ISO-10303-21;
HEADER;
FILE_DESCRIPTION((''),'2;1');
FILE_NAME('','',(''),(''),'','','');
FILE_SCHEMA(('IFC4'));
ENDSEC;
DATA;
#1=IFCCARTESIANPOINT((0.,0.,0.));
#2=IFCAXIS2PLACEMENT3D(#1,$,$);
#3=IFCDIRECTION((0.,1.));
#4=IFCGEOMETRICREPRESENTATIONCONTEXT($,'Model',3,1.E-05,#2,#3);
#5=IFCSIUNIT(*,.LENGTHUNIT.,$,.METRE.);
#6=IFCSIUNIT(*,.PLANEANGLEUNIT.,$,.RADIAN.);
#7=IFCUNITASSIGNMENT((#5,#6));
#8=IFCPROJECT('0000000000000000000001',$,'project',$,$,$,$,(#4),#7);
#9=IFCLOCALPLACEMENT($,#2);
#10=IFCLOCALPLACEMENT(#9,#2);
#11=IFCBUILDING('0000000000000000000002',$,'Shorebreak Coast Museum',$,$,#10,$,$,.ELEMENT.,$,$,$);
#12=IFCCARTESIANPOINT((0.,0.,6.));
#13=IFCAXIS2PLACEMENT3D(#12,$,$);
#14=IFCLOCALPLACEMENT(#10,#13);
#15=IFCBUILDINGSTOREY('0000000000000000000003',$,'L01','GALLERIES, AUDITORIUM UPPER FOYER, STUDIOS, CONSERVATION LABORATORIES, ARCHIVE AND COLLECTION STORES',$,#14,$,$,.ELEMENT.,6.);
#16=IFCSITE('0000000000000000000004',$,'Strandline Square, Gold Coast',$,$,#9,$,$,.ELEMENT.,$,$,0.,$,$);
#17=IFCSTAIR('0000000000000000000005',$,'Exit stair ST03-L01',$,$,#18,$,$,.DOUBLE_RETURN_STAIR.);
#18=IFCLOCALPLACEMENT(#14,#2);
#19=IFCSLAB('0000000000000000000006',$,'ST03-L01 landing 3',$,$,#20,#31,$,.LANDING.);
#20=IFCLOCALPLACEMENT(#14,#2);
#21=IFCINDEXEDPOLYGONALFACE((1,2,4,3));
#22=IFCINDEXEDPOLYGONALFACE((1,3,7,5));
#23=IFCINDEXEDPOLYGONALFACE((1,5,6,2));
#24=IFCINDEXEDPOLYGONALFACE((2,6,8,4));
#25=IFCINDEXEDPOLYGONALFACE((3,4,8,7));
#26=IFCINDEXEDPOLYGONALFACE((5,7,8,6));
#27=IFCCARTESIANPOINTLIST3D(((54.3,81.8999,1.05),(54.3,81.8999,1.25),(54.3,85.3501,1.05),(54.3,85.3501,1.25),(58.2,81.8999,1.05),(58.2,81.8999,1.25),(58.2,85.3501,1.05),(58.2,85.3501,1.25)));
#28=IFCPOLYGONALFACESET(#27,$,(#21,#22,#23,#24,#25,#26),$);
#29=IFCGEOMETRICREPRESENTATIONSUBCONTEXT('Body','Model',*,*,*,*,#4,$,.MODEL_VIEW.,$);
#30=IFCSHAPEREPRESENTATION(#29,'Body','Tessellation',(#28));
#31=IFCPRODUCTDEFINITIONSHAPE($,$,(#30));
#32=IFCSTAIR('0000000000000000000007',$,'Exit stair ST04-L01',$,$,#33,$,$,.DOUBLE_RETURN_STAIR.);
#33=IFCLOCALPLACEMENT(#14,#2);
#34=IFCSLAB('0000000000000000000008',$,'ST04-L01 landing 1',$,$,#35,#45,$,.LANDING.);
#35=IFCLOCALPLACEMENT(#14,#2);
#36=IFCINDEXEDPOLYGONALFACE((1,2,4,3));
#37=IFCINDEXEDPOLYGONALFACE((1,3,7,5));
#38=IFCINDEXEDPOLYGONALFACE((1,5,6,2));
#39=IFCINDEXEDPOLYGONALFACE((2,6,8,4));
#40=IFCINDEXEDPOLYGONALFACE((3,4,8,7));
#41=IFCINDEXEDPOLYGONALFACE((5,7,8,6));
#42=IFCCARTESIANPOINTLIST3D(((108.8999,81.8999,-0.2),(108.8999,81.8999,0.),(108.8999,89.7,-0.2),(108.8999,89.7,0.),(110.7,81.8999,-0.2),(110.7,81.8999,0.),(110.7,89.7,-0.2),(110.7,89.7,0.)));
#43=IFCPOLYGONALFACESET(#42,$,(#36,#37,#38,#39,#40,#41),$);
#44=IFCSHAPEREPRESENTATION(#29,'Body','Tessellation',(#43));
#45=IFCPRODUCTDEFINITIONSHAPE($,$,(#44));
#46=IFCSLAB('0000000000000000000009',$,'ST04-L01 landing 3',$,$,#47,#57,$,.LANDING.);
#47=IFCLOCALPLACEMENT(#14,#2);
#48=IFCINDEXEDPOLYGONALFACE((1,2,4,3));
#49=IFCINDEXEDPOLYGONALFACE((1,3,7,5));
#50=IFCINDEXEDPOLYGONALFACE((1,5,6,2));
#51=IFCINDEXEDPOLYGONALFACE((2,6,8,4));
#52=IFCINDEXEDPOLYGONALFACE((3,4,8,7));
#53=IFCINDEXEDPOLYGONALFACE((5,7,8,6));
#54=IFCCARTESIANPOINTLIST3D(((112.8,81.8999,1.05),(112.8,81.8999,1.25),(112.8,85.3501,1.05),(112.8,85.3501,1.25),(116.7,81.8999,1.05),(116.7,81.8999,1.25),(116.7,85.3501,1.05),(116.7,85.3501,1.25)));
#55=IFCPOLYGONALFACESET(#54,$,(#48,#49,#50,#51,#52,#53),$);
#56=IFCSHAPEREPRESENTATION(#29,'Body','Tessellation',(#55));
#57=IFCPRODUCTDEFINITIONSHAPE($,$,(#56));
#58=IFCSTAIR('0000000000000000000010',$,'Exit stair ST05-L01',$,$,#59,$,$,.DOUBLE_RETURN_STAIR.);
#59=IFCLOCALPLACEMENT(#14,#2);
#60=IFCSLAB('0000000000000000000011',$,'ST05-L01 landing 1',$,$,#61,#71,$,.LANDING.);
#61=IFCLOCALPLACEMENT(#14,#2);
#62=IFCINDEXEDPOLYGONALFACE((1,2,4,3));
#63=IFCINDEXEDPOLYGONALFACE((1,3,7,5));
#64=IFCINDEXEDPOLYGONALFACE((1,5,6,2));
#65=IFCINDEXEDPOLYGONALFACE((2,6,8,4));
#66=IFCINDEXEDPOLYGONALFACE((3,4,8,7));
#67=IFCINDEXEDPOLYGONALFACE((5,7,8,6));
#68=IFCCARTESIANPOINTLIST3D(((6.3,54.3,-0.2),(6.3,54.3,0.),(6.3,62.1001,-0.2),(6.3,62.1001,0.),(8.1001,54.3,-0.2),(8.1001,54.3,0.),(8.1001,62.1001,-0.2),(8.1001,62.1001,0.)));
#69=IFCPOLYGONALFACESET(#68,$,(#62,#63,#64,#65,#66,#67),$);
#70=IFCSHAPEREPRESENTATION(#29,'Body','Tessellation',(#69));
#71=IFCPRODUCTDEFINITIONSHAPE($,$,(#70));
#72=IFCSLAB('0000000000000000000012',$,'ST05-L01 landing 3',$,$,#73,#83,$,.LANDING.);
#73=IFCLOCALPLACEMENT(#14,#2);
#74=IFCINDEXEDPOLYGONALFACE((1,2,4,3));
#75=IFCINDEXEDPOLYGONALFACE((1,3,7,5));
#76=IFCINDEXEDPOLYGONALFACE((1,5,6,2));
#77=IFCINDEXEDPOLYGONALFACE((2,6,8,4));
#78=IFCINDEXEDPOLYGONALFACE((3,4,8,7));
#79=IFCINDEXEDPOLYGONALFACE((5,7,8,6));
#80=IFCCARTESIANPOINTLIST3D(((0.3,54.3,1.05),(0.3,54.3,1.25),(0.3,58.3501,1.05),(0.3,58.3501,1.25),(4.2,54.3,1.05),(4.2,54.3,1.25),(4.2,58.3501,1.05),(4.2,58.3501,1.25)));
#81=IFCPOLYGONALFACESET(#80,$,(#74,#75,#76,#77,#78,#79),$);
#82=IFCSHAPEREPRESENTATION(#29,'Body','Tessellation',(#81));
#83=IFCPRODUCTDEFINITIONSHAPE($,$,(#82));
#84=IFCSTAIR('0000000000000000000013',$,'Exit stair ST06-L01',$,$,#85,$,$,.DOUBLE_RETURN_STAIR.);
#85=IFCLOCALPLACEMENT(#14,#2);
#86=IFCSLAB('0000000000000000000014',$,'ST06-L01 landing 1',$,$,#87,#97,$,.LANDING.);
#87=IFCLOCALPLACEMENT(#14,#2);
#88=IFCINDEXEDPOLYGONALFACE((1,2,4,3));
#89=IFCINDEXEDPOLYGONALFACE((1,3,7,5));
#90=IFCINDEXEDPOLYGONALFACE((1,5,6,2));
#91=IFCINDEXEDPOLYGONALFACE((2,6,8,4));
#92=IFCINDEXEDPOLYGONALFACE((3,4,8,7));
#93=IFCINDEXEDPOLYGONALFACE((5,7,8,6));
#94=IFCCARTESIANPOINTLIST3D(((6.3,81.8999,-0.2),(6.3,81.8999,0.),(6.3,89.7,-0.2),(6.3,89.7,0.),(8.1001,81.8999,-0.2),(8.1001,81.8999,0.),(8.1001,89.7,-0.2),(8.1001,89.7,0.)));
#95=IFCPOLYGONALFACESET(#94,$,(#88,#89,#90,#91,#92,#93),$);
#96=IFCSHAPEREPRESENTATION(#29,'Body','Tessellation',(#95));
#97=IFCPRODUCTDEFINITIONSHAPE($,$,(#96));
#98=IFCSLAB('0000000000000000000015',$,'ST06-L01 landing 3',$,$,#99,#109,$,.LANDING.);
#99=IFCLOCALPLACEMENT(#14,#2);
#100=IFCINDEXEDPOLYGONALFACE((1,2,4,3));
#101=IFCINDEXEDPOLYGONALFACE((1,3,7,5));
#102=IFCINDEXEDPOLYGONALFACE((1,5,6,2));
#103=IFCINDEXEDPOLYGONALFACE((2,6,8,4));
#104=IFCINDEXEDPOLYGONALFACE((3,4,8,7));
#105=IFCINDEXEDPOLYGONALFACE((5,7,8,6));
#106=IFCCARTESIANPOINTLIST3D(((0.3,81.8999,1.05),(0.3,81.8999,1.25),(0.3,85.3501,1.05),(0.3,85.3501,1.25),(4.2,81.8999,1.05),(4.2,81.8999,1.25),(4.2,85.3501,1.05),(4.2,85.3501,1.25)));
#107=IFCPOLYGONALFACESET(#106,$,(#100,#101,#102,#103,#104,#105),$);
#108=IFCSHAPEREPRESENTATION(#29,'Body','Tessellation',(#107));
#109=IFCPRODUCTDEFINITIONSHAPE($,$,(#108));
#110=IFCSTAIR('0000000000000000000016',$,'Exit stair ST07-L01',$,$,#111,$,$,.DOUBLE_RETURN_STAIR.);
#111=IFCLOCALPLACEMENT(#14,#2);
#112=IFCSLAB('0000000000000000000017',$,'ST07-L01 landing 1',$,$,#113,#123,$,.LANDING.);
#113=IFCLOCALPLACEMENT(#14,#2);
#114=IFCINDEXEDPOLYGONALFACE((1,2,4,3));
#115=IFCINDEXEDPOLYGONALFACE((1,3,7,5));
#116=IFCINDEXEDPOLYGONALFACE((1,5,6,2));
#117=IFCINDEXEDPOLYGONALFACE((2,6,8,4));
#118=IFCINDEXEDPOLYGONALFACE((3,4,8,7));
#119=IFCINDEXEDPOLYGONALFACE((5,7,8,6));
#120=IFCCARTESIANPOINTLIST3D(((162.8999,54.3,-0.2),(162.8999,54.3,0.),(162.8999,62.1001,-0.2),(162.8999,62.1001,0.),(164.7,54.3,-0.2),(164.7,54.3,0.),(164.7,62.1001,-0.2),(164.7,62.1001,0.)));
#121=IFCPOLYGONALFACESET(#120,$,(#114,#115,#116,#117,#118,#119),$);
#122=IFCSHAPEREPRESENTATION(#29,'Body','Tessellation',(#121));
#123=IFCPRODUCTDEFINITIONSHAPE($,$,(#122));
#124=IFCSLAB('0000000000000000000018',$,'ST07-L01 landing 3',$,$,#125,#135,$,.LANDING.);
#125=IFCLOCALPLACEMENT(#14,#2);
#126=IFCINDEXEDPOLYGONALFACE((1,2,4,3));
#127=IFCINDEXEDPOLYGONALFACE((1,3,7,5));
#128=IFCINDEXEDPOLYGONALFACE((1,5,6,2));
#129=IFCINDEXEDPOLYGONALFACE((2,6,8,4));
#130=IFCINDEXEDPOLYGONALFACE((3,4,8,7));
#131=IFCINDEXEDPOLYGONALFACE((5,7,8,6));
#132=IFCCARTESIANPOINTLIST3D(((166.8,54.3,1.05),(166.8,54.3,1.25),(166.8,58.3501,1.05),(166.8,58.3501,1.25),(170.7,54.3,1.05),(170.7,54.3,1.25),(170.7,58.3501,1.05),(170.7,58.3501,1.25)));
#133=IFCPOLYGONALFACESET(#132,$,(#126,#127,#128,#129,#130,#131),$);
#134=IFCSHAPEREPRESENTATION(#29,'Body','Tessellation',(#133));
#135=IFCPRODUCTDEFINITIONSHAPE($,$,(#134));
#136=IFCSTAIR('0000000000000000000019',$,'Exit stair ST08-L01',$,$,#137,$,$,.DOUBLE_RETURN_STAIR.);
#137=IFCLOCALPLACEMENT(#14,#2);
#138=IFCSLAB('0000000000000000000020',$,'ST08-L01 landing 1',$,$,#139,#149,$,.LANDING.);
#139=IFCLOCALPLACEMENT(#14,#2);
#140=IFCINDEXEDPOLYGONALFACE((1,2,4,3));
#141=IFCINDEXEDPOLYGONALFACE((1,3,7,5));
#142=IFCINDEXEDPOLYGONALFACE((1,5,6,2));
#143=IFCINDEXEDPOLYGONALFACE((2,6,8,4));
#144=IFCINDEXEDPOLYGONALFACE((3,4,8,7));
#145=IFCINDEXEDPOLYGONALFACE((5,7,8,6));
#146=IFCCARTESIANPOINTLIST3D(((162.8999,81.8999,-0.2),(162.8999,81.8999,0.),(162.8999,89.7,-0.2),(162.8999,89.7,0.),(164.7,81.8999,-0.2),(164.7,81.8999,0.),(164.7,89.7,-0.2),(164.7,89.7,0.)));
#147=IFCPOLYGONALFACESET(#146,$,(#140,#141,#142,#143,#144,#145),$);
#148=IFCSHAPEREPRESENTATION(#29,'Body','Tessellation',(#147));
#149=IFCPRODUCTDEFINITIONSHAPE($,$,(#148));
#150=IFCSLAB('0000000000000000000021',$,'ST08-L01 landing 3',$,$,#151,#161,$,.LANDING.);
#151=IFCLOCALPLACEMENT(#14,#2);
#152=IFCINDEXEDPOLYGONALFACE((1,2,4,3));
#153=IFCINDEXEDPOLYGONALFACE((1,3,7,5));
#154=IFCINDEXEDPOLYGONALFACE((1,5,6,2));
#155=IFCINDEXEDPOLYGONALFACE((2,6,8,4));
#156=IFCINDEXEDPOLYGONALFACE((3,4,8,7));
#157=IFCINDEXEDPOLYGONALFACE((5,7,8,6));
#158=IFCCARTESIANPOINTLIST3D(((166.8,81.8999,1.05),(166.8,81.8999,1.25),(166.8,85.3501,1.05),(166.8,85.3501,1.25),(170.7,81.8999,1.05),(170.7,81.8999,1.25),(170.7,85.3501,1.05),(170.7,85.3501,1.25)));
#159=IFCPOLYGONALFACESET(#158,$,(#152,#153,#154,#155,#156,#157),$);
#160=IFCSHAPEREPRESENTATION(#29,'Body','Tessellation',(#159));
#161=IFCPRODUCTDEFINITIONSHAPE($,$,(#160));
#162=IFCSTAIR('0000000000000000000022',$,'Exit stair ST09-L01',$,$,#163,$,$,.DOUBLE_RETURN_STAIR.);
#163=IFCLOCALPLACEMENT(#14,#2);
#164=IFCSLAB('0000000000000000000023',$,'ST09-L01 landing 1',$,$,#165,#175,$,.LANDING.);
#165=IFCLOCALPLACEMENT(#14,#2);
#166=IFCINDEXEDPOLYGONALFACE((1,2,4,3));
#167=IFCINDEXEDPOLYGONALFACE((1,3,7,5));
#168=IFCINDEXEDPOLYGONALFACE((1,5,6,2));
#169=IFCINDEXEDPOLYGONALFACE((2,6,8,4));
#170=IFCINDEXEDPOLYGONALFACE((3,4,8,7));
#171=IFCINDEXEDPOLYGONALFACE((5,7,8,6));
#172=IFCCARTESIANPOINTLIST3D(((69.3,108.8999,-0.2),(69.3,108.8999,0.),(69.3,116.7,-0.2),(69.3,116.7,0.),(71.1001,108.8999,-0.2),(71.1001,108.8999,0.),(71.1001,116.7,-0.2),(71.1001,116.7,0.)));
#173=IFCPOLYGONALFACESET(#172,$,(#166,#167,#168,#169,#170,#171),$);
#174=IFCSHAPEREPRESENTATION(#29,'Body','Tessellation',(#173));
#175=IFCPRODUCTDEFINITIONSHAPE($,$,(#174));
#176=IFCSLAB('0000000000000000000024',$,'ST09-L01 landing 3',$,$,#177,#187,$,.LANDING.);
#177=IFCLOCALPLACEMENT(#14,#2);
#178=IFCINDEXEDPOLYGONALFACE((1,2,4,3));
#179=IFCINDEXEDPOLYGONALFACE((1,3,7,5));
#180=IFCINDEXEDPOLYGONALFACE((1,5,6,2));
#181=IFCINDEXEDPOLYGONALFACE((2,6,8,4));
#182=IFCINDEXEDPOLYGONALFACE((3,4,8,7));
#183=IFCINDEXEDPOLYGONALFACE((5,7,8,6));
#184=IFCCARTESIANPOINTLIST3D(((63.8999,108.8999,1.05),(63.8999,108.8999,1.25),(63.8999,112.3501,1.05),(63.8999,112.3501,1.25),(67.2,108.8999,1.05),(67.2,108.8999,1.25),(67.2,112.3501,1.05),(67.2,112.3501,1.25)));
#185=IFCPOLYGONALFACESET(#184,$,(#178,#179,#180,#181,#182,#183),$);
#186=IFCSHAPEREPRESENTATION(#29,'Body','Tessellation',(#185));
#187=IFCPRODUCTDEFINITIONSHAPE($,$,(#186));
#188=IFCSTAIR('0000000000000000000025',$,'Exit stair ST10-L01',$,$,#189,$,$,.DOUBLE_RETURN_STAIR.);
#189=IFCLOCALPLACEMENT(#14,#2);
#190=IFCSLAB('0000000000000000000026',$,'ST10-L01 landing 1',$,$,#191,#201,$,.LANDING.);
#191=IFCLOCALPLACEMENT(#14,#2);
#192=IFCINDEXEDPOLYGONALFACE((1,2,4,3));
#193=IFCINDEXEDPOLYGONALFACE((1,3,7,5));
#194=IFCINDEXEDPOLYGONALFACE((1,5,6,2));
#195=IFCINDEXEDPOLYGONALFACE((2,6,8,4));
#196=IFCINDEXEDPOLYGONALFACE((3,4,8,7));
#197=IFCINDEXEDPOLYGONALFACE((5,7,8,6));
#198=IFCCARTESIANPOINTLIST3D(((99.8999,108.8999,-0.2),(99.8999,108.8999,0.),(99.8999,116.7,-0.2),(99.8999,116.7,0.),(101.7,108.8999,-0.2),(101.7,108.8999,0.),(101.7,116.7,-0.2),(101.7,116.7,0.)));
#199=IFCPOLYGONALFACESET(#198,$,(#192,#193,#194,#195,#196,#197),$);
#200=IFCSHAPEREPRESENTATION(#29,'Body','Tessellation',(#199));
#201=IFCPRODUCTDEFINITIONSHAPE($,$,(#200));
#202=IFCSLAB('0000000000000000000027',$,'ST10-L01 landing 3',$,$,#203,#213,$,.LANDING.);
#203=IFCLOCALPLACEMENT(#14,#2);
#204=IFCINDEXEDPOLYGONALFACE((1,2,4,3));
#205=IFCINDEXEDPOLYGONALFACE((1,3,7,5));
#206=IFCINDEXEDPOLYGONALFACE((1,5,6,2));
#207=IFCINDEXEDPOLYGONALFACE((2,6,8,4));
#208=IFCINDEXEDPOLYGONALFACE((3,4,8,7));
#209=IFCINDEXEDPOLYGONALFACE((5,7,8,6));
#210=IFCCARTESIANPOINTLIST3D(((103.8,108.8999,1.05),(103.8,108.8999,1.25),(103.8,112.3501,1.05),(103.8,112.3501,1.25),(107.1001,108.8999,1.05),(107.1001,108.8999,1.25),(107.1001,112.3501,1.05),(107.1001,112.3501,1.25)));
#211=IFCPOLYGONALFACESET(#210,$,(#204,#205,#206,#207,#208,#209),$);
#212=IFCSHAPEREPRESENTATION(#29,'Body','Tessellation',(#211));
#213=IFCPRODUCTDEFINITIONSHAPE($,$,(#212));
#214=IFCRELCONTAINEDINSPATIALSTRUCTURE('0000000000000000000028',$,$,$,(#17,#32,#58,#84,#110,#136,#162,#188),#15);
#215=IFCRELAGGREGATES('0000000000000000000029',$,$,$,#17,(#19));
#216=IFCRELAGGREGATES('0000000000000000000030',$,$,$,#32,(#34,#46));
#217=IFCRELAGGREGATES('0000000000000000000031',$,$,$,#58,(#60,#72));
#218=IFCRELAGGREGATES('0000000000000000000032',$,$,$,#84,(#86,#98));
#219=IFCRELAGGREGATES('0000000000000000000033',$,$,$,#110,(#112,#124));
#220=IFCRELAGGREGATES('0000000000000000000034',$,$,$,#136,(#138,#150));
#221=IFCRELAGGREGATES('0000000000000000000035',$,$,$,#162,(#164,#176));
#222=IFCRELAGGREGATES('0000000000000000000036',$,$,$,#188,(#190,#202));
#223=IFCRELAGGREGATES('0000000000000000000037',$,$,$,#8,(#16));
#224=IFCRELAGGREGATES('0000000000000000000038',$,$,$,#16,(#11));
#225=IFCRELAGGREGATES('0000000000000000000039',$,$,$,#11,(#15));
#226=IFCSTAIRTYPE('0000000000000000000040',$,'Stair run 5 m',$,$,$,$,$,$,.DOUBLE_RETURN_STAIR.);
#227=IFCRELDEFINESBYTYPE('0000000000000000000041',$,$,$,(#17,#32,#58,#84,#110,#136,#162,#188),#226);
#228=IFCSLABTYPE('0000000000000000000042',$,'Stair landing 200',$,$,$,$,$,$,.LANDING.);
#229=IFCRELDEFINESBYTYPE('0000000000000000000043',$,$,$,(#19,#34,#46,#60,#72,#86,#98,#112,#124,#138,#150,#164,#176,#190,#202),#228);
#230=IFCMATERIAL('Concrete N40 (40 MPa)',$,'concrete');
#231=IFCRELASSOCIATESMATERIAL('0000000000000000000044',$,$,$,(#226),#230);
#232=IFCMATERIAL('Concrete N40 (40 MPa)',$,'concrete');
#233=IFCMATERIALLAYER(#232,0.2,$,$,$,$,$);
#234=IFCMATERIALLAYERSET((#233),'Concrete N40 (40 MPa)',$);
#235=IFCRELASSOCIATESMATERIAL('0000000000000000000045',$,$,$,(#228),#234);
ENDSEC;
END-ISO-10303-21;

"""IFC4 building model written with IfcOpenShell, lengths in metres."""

from ifc_helpers import new_model, si_unit, direction, frame, origin, place, context, subcontext, project, spatial, polyline, outline, extrude, material, layer, layer_set, type_object, element, aggregate, save


model = new_model("IFC4")

# Units and contexts
model_context = context("Model", 3, precision=1e-05, world=origin(), true_north=direction((0.0, 1.0)))
body_context = subcontext(model_context, "Body", "Model", "MODEL_VIEW")
ifc_project = project(units=[si_unit("LENGTHUNIT", "METRE"), si_unit("PLANEANGLEUNIT", "RADIAN")], contexts=[model_context])

# Site, building, storey
site_placement = place(None, origin())
site = spatial("IfcSite", under=ifc_project, at=site_placement, Name="Strandline Square, Gold Coast", CompositionType="ELEMENT", RefElevation=0.0)
building_placement = place(site_placement, origin())
building = spatial("IfcBuilding", under=site, at=building_placement, Name="Shorebreak Coast Museum", CompositionType="ELEMENT")
storey_placement = place(building_placement, frame((0.0, 0.0, 6.0)))
storey = spatial("IfcBuildingStorey", under=building, at=storey_placement, Name="L01", Description="GALLERIES, AUDITORIUM UPPER FOYER, STUDIOS, CONSERVATION LABORATORIES, ARCHIVE AND COLLECTION STORES", CompositionType="ELEMENT", Elevation=6.0)

# Stairs, slabs
ifc_material_1 = material(Name="Concrete N40 (40 MPa)", Category="concrete")
stair_type = type_object("IfcStairType", Name="Stair run 5 m", PredefinedType="DOUBLE_RETURN_STAIR", material=ifc_material_1)
ifc_material_2 = material(Name="Concrete N40 (40 MPa)", Category="concrete")
ifc_layer_1 = layer(ifc_material_2, 0.2)
ifc_layer_set_1 = layer_set([ifc_layer_1], Name="Concrete N40 (40 MPa)")
slab_type_1 = type_object("IfcSlabType", Name="Stair landing 200", PredefinedType="LANDING", material=ifc_layer_set_1)
stair_1_placement = place(storey_placement, origin())
stair_1 = element("IfcStair", 1, at=stair_1_placement, inside=storey, type_object=stair_type, Name="Exit stair ST03-L01", PredefinedType="DOUBLE_RETURN_STAIR")
slab_1_placement = place(storey_placement, frame((0.0, 0.0, 1.05)))
slab_1 = element("IfcSlab", 2, at=slab_1_placement, type_object=slab_type_1, Name="ST03-L01 landing 3", PredefinedType="LANDING", context=body_context, shape_type="SweptSolid", body=[
    extrude(outline(polyline([(54.3, 81.8999), (58.2, 81.8999), (58.2, 85.3501), (54.3, 85.3501), (54.3, 81.8999)])), origin(), (0.0, 0.0, 1.0), 0.2),
])
aggregate(stair_1, [slab_1])
stair_2_placement = place(storey_placement, origin())
stair_2 = element("IfcStair", 3, at=stair_2_placement, inside=storey, type_object=stair_type, Name="Exit stair ST04-L01", PredefinedType="DOUBLE_RETURN_STAIR")
slab_2_placement = place(storey_placement, frame((0.0, 0.0, -0.2)))
slab_2 = element("IfcSlab", 4, at=slab_2_placement, type_object=slab_type_1, Name="ST04-L01 landing 1", PredefinedType="LANDING", context=body_context, shape_type="SweptSolid", body=[
    extrude(outline(polyline([(108.8999, 81.8999), (110.7, 81.8999), (110.7, 89.7), (108.8999, 89.7), (108.8999, 81.8999)])), origin(), (0.0, 0.0, 1.0), 0.2),
])
slab_3_placement = place(storey_placement, frame((0.0, 0.0, 1.05)))
slab_3 = element("IfcSlab", 5, at=slab_3_placement, type_object=slab_type_1, Name="ST04-L01 landing 3", PredefinedType="LANDING", context=body_context, shape_type="SweptSolid", body=[
    extrude(outline(polyline([(112.8, 81.8999), (116.7, 81.8999), (116.7, 85.3501), (112.8, 85.3501), (112.8, 81.8999)])), origin(), (0.0, 0.0, 1.0), 0.2),
])
aggregate(stair_2, [slab_2, slab_3])
stair_3_placement = place(storey_placement, origin())
stair_3 = element("IfcStair", 6, at=stair_3_placement, inside=storey, type_object=stair_type, Name="Exit stair ST05-L01", PredefinedType="DOUBLE_RETURN_STAIR")
slab_4_placement = place(storey_placement, frame((0.0, 0.0, -0.2)))
slab_4 = element("IfcSlab", 7, at=slab_4_placement, type_object=slab_type_1, Name="ST05-L01 landing 1", PredefinedType="LANDING", context=body_context, shape_type="SweptSolid", body=[
    extrude(outline(polyline([(6.3, 54.3), (8.1001, 54.3), (8.1001, 62.1001), (6.3, 62.1001), (6.3, 54.3)])), origin(), (0.0, 0.0, 1.0), 0.2),
])
slab_5_placement = place(storey_placement, frame((0.0, 0.0, 1.05)))
slab_5 = element("IfcSlab", 8, at=slab_5_placement, type_object=slab_type_1, Name="ST05-L01 landing 3", PredefinedType="LANDING", context=body_context, shape_type="SweptSolid", body=[
    extrude(outline(polyline([(0.3, 54.3), (4.2, 54.3), (4.2, 58.3501), (0.3, 58.3501), (0.3, 54.3)])), origin(), (0.0, 0.0, 1.0), 0.2),
])
aggregate(stair_3, [slab_4, slab_5])
stair_4_placement = place(storey_placement, origin())
stair_4 = element("IfcStair", 9, at=stair_4_placement, inside=storey, type_object=stair_type, Name="Exit stair ST06-L01", PredefinedType="DOUBLE_RETURN_STAIR")
slab_6_placement = place(storey_placement, frame((0.0, 0.0, -0.2)))
slab_6 = element("IfcSlab", 10, at=slab_6_placement, type_object=slab_type_1, Name="ST06-L01 landing 1", PredefinedType="LANDING", context=body_context, shape_type="SweptSolid", body=[
    extrude(outline(polyline([(6.3, 81.8999), (8.1001, 81.8999), (8.1001, 89.7), (6.3, 89.7), (6.3, 81.8999)])), origin(), (0.0, 0.0, 1.0), 0.2),
])
slab_7_placement = place(storey_placement, frame((0.0, 0.0, 1.05)))
slab_7 = element("IfcSlab", 11, at=slab_7_placement, type_object=slab_type_1, Name="ST06-L01 landing 3", PredefinedType="LANDING", context=body_context, shape_type="SweptSolid", body=[
    extrude(outline(polyline([(0.3, 81.8999), (4.2, 81.8999), (4.2, 85.3501), (0.3, 85.3501), (0.3, 81.8999)])), origin(), (0.0, 0.0, 1.0), 0.2),
])
aggregate(stair_4, [slab_6, slab_7])
stair_5_placement = place(storey_placement, origin())
stair_5 = element("IfcStair", 12, at=stair_5_placement, inside=storey, type_object=stair_type, Name="Exit stair ST07-L01", PredefinedType="DOUBLE_RETURN_STAIR")
slab_8_placement = place(storey_placement, frame((0.0, 0.0, -0.2)))
slab_8 = element("IfcSlab", 13, at=slab_8_placement, type_object=slab_type_1, Name="ST07-L01 landing 1", PredefinedType="LANDING", context=body_context, shape_type="SweptSolid", body=[
    extrude(outline(polyline([(162.8999, 54.3), (164.7, 54.3), (164.7, 62.1001), (162.8999, 62.1001), (162.8999, 54.3)])), origin(), (0.0, 0.0, 1.0), 0.2),
])
slab_9_placement = place(storey_placement, frame((0.0, 0.0, 1.05)))
slab_9 = element("IfcSlab", 14, at=slab_9_placement, type_object=slab_type_1, Name="ST07-L01 landing 3", PredefinedType="LANDING", context=body_context, shape_type="SweptSolid", body=[
    extrude(outline(polyline([(166.8, 54.3), (170.7, 54.3), (170.7, 58.3501), (166.8, 58.3501), (166.8, 54.3)])), origin(), (0.0, 0.0, 1.0), 0.2),
])
aggregate(stair_5, [slab_8, slab_9])
stair_6_placement = place(storey_placement, origin())
stair_6 = element("IfcStair", 15, at=stair_6_placement, inside=storey, type_object=stair_type, Name="Exit stair ST08-L01", PredefinedType="DOUBLE_RETURN_STAIR")
slab_10_placement = place(storey_placement, frame((0.0, 0.0, -0.2)))
slab_10 = element("IfcSlab", 16, at=slab_10_placement, type_object=slab_type_1, Name="ST08-L01 landing 1", PredefinedType="LANDING", context=body_context, shape_type="SweptSolid", body=[
    extrude(outline(polyline([(162.8999, 81.8999), (164.7, 81.8999), (164.7, 89.7), (162.8999, 89.7), (162.8999, 81.8999)])), origin(), (0.0, 0.0, 1.0), 0.2),
])
slab_11_placement = place(storey_placement, frame((0.0, 0.0, 1.05)))
slab_11 = element("IfcSlab", 17, at=slab_11_placement, type_object=slab_type_1, Name="ST08-L01 landing 3", PredefinedType="LANDING", context=body_context, shape_type="SweptSolid", body=[
    extrude(outline(polyline([(166.8, 81.8999), (170.7, 81.8999), (170.7, 85.3501), (166.8, 85.3501), (166.8, 81.8999)])), origin(), (0.0, 0.0, 1.0), 0.2),
])
aggregate(stair_6, [slab_10, slab_11])
stair_7_placement = place(storey_placement, origin())
stair_7 = element("IfcStair", 18, at=stair_7_placement, inside=storey, type_object=stair_type, Name="Exit stair ST09-L01", PredefinedType="DOUBLE_RETURN_STAIR")
slab_12_placement = place(storey_placement, frame((0.0, 0.0, -0.2)))
slab_12 = element("IfcSlab", 19, at=slab_12_placement, type_object=slab_type_1, Name="ST09-L01 landing 1", PredefinedType="LANDING", context=body_context, shape_type="SweptSolid", body=[
    extrude(outline(polyline([(69.3, 108.8999), (71.1001, 108.8999), (71.1001, 116.7), (69.3, 116.7), (69.3, 108.8999)])), origin(), (0.0, 0.0, 1.0), 0.2),
])
slab_13_placement = place(storey_placement, frame((0.0, 0.0, 1.05)))
slab_13 = element("IfcSlab", 20, at=slab_13_placement, type_object=slab_type_1, Name="ST09-L01 landing 3", PredefinedType="LANDING", context=body_context, shape_type="SweptSolid", body=[
    extrude(outline(polyline([(63.8999, 108.8999), (67.2, 108.8999), (67.2, 112.3501), (63.8999, 112.3501), (63.8999, 108.8999)])), origin(), (0.0, 0.0, 1.0), 0.2),
])
aggregate(stair_7, [slab_12, slab_13])
stair_8_placement = place(storey_placement, origin())
stair_8 = element("IfcStair", 21, at=stair_8_placement, inside=storey, type_object=stair_type, Name="Exit stair ST10-L01", PredefinedType="DOUBLE_RETURN_STAIR")
slab_14_placement = place(storey_placement, frame((0.0, 0.0, -0.2)))
slab_14 = element("IfcSlab", 22, at=slab_14_placement, type_object=slab_type_1, Name="ST10-L01 landing 1", PredefinedType="LANDING", context=body_context, shape_type="SweptSolid", body=[
    extrude(outline(polyline([(99.8999, 108.8999), (101.7, 108.8999), (101.7, 116.7), (99.8999, 116.7), (99.8999, 108.8999)])), origin(), (0.0, 0.0, 1.0), 0.2),
])
slab_15_placement = place(storey_placement, frame((0.0, 0.0, 1.05)))
slab_15 = element("IfcSlab", 23, at=slab_15_placement, type_object=slab_type_1, Name="ST10-L01 landing 3", PredefinedType="LANDING", context=body_context, shape_type="SweptSolid", body=[
    extrude(outline(polyline([(103.8, 108.8999), (107.1001, 108.8999), (107.1001, 112.3501), (103.8, 112.3501), (103.8, 108.8999)])), origin(), (0.0, 0.0, 1.0), 0.2),
])
aggregate(stair_8, [slab_14, slab_15])

save(model, "model.ifc")
